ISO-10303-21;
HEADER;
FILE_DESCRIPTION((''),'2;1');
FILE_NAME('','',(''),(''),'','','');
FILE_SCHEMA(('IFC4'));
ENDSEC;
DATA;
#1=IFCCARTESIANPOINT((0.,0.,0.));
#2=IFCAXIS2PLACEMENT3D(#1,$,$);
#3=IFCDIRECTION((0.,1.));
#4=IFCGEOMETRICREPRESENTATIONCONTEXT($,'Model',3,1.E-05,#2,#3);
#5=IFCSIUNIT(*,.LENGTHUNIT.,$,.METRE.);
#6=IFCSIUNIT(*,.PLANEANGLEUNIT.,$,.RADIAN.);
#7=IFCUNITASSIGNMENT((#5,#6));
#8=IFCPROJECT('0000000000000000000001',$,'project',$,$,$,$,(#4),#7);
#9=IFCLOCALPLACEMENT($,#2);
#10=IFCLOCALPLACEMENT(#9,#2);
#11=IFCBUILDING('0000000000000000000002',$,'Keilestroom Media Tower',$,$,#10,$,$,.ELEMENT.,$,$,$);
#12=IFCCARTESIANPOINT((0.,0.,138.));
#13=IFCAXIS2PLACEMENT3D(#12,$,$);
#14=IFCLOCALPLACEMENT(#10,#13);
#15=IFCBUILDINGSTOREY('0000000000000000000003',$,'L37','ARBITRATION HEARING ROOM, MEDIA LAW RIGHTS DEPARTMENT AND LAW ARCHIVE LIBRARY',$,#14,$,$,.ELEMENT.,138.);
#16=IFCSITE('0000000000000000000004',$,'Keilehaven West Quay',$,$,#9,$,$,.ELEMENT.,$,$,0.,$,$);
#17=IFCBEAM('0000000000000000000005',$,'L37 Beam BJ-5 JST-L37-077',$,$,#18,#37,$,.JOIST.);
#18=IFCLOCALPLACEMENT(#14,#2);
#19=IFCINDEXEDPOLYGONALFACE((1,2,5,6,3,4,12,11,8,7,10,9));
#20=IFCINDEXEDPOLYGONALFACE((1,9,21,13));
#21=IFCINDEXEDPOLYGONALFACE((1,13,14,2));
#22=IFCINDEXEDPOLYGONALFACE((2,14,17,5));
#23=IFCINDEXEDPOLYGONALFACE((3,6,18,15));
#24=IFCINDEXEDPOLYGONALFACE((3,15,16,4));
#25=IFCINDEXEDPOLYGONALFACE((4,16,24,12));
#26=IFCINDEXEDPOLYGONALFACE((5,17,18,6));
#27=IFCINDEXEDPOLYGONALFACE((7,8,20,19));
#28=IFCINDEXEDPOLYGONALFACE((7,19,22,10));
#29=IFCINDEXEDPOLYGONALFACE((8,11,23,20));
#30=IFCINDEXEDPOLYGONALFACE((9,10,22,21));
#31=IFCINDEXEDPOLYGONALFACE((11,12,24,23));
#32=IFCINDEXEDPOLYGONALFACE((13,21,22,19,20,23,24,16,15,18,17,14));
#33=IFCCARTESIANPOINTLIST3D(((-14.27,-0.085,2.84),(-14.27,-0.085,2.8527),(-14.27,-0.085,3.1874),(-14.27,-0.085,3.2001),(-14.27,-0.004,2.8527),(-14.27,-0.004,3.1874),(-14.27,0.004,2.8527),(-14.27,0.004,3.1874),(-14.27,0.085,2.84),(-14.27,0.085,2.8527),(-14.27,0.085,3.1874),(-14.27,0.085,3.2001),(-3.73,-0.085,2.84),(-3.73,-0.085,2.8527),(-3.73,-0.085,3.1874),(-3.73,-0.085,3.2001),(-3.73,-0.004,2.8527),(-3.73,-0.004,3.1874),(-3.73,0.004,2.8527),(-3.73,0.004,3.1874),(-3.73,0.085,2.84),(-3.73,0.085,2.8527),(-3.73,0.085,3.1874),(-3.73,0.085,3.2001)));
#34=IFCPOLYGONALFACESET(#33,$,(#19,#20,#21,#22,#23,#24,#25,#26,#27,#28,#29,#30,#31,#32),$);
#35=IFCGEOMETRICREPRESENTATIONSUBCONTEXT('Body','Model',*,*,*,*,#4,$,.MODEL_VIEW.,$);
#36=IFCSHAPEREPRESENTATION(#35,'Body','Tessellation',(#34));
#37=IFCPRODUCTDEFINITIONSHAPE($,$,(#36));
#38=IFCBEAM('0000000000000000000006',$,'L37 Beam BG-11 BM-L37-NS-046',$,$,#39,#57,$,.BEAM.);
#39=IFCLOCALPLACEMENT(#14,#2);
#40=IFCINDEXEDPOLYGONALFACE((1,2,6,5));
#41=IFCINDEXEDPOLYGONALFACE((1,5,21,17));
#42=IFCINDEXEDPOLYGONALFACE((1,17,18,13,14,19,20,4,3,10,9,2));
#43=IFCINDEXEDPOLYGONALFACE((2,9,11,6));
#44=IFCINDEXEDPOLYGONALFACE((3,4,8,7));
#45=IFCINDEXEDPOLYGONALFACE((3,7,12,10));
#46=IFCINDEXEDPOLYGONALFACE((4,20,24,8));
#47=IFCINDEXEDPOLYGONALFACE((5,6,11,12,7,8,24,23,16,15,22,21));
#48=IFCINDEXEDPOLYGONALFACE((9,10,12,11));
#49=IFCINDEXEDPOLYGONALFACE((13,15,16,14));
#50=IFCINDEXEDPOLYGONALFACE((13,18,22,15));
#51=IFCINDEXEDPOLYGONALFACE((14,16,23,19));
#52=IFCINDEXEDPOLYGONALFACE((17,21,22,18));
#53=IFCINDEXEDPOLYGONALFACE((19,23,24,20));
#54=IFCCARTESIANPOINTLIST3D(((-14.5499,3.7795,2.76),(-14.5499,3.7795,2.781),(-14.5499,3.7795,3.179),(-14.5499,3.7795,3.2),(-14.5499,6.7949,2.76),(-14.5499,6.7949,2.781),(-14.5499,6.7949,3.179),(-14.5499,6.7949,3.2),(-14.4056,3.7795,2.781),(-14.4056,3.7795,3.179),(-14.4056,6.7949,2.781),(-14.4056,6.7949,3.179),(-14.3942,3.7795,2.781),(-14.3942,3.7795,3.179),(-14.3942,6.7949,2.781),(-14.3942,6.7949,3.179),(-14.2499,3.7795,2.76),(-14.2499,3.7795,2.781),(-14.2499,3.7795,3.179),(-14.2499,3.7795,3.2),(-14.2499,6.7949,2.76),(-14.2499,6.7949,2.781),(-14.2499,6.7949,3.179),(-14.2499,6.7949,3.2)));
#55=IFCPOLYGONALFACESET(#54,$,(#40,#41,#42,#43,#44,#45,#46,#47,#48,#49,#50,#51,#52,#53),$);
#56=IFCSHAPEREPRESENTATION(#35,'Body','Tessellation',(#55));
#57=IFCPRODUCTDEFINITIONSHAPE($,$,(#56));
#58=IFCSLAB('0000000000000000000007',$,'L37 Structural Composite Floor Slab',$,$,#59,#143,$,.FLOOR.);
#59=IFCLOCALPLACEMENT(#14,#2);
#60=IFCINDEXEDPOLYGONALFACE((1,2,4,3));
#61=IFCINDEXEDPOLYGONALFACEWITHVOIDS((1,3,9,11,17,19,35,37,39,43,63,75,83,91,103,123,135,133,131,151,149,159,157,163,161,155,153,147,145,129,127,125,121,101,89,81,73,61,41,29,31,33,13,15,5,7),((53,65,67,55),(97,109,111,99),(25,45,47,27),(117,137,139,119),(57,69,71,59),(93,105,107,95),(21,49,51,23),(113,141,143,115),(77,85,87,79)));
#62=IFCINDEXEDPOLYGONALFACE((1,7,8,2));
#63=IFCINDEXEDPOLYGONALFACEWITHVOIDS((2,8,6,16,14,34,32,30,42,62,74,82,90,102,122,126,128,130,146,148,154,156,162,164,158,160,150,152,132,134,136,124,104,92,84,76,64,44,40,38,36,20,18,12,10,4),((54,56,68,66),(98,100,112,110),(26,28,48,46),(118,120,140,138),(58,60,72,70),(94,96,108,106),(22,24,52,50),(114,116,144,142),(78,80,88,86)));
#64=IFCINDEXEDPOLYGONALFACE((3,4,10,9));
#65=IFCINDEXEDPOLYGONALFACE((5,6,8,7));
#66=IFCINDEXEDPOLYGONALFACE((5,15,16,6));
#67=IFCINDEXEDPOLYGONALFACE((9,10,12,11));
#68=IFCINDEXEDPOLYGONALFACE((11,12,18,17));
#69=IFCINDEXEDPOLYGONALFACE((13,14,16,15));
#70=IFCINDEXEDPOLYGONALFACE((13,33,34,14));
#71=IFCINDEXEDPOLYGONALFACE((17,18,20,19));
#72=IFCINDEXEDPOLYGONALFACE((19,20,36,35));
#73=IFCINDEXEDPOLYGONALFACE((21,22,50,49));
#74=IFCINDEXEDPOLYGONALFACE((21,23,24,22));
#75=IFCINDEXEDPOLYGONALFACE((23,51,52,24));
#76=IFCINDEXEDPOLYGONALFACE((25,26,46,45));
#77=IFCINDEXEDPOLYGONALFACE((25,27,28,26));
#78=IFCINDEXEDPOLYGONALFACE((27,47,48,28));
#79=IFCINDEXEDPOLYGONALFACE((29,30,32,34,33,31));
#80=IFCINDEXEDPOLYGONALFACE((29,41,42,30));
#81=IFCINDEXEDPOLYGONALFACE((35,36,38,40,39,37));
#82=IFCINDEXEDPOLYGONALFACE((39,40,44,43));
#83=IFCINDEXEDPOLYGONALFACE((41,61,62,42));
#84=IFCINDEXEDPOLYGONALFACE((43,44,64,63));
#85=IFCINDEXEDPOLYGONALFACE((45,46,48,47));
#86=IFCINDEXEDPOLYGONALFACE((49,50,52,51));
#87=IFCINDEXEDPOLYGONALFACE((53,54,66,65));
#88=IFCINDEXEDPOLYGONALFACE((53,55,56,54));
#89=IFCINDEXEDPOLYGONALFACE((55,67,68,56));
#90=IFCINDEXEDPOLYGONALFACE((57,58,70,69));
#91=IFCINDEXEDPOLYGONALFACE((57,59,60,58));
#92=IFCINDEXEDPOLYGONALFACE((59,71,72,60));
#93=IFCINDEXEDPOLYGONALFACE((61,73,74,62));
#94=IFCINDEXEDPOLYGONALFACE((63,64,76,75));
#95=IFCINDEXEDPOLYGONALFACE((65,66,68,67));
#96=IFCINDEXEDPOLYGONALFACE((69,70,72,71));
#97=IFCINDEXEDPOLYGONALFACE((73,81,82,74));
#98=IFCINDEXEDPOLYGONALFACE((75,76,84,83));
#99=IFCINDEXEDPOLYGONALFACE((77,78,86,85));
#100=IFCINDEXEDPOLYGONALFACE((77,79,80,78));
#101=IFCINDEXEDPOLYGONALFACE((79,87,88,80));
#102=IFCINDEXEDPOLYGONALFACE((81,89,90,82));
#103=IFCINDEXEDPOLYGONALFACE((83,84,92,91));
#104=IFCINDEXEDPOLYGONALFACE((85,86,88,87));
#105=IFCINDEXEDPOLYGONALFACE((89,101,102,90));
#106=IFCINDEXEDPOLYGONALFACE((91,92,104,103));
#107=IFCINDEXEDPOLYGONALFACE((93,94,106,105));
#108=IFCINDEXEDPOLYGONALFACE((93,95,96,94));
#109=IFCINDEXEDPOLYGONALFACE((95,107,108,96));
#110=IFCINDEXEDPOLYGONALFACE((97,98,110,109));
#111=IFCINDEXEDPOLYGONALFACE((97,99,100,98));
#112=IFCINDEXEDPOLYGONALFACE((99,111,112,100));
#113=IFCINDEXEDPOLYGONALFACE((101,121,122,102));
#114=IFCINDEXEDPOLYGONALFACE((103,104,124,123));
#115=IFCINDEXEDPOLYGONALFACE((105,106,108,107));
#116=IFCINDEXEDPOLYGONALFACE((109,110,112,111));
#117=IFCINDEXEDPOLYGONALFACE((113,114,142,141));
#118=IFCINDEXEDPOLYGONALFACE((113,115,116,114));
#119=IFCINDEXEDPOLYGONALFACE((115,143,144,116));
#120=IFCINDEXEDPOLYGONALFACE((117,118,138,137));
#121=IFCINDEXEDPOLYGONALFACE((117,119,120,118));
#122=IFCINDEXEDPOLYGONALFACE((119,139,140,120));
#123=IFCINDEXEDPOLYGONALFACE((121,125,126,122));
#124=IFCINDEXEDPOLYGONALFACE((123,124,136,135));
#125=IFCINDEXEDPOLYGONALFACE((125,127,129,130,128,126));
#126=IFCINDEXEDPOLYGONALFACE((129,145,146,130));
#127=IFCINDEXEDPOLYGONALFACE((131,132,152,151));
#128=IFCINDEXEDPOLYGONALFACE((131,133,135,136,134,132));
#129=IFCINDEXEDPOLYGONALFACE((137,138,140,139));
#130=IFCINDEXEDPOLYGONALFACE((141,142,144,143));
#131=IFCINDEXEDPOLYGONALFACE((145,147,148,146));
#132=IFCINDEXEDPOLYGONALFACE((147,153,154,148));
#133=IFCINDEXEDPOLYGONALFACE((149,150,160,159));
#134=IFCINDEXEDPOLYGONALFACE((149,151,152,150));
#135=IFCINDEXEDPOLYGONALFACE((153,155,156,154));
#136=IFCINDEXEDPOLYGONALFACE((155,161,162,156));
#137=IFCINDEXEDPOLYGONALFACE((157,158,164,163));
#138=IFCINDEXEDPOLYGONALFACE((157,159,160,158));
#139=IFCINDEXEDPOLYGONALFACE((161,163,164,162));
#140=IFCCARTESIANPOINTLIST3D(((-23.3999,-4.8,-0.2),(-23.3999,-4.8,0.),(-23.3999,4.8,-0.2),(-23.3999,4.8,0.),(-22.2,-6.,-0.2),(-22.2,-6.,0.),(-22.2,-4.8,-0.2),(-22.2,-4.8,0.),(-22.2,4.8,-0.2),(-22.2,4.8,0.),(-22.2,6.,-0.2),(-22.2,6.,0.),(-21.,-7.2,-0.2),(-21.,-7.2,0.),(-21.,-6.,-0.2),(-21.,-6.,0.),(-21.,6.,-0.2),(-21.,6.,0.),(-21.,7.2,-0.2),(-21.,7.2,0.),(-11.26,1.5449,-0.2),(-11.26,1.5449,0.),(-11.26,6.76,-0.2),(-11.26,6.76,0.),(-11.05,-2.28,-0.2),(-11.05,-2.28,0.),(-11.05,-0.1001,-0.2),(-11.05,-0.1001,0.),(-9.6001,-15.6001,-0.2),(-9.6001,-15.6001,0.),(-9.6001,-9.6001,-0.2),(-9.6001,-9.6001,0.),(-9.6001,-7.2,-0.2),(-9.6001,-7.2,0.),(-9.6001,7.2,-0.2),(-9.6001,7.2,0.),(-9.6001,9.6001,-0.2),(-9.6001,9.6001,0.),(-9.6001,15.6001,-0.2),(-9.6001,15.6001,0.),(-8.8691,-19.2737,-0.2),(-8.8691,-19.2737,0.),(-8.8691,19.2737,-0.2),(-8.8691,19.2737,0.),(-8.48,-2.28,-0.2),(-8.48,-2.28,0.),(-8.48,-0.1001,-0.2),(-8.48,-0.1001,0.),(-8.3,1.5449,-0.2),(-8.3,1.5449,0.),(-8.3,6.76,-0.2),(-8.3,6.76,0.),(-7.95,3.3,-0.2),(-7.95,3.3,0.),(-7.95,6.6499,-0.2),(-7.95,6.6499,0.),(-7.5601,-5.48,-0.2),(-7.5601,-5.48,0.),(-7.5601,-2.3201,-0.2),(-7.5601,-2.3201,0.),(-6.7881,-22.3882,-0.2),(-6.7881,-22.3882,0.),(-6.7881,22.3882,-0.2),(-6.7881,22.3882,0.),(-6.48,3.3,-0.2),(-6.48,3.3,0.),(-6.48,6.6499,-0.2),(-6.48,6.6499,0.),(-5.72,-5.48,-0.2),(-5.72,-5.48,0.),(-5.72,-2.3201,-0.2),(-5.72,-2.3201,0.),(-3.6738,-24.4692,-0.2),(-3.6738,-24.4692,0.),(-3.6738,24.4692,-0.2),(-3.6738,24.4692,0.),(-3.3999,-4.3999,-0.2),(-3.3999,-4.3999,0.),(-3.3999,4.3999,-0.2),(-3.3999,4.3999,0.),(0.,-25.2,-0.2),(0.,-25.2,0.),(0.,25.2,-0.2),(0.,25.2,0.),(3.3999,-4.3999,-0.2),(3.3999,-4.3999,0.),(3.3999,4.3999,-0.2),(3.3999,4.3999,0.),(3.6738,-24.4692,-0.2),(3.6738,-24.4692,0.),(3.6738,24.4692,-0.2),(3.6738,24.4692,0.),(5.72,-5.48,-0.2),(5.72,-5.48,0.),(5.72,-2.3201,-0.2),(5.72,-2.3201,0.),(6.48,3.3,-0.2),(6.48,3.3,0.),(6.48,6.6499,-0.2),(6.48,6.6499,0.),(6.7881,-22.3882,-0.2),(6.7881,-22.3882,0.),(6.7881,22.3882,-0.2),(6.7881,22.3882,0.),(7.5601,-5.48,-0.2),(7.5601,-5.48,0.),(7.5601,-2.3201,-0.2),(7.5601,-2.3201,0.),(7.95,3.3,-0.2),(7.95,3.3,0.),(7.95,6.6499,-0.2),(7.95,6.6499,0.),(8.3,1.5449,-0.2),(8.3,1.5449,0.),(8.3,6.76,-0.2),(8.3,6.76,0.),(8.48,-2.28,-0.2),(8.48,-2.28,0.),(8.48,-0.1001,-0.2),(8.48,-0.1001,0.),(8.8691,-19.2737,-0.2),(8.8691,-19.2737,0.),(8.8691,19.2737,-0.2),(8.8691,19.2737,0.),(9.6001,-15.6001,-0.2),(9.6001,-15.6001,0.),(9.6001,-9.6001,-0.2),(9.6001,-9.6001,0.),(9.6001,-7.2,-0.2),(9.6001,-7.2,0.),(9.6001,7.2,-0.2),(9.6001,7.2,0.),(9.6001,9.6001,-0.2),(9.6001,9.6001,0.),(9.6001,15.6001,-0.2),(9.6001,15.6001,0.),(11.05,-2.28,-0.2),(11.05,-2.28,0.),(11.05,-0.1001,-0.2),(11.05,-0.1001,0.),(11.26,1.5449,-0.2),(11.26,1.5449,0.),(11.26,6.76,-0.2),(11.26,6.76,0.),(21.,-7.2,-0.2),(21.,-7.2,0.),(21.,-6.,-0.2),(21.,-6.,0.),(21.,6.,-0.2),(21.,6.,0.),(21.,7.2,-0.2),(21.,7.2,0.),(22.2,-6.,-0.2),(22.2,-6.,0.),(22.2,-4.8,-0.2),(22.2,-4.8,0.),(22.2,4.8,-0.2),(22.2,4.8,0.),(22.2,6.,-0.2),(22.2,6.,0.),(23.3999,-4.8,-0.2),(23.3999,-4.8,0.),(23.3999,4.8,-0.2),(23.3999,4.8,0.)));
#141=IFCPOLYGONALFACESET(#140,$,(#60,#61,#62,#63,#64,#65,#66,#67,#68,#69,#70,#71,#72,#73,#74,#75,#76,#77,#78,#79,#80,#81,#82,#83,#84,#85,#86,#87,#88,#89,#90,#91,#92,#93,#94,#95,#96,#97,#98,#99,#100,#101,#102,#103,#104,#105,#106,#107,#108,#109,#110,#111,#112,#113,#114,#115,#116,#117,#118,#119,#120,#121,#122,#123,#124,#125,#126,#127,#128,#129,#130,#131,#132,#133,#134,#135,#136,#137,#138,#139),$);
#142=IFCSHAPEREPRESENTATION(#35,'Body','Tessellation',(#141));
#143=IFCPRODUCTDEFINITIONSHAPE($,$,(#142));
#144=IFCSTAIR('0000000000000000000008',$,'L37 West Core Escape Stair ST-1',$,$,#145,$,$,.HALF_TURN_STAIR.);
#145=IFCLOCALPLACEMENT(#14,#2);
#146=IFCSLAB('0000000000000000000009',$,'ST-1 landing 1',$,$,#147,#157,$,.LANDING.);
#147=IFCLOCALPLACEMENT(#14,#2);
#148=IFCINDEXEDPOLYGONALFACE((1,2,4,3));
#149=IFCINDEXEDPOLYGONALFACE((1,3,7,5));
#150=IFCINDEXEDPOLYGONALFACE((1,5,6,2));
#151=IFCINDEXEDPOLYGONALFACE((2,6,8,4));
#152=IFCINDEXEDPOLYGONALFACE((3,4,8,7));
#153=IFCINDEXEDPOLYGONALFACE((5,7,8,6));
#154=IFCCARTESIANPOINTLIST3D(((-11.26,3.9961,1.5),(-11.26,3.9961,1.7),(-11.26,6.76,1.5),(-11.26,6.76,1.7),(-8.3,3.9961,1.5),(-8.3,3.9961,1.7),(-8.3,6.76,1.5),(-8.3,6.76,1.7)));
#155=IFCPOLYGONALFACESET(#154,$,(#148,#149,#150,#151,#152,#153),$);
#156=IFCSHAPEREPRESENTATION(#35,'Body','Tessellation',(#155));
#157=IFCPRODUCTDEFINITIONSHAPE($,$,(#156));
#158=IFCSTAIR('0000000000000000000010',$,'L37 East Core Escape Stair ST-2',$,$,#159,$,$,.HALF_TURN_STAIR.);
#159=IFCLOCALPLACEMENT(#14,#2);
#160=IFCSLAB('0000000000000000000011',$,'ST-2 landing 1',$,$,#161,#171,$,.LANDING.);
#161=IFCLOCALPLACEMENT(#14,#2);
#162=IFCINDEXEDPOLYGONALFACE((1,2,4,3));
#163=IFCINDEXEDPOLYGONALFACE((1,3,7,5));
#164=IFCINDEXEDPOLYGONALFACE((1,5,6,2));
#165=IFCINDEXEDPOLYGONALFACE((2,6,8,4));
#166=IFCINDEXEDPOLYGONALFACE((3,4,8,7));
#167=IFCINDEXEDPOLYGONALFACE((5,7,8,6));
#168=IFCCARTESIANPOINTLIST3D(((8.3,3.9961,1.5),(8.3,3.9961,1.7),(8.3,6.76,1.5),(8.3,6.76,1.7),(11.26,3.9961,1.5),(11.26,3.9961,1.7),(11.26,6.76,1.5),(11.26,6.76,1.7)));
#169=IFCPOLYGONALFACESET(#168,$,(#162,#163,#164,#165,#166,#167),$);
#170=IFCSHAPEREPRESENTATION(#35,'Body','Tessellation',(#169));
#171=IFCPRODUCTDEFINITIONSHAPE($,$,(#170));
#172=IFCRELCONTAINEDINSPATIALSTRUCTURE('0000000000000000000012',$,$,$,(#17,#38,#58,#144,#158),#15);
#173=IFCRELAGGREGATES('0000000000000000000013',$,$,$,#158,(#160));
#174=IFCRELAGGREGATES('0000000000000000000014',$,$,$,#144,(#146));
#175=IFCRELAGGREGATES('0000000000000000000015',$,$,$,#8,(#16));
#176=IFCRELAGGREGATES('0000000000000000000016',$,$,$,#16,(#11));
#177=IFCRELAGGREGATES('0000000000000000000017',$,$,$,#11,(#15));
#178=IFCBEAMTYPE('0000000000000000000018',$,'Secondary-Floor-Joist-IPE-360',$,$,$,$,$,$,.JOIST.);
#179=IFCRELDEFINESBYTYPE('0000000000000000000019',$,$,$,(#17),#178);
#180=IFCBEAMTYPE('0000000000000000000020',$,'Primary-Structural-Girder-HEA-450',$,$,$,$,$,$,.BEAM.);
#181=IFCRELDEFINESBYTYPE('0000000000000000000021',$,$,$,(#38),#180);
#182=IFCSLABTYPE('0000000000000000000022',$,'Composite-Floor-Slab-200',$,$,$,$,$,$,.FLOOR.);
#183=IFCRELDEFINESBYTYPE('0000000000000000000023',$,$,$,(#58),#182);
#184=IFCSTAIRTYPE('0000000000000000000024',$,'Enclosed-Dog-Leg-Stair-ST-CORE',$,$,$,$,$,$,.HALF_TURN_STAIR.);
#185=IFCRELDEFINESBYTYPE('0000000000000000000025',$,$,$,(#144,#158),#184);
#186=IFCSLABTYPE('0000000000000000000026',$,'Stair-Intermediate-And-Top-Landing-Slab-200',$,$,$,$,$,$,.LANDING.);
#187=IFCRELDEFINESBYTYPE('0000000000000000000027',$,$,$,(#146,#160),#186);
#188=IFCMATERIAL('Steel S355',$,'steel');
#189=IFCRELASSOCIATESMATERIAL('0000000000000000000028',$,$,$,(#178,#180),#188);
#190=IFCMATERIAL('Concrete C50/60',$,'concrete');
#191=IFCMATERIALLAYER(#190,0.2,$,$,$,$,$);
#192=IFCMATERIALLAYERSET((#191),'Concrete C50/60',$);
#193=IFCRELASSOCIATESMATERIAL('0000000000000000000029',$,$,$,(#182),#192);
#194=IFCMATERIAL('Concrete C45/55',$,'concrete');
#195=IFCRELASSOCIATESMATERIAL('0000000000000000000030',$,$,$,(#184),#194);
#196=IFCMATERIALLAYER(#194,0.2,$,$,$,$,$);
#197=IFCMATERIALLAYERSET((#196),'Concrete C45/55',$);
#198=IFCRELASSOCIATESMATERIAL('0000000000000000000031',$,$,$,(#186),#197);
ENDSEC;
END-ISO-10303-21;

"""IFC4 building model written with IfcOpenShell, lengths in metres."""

from ifc_helpers import new_model, si_unit, direction, frame, origin, origin_2d, place, context, subcontext, project, spatial, polyline, i_section, outline, extrude, source, transform, mapped, material, layer, layer_set, material_profile, profile_set, type_object, element, aggregate, save


model = new_model("IFC4")

# Units and contexts
model_context = context("Model", 3, precision=1e-05, world=origin(), true_north=direction((0.0, 1.0)))
body_context = subcontext(model_context, "Body", "Model", "MODEL_VIEW")
ifc_project = project(units=[si_unit("LENGTHUNIT", "METRE"), si_unit("PLANEANGLEUNIT", "RADIAN")], contexts=[model_context])

# Site, building, storey
site_placement = place(None, origin())
site = spatial("IfcSite", under=ifc_project, at=site_placement, Name="Keilehaven West Quay", CompositionType="ELEMENT", RefElevation=0.0)
building_placement = place(site_placement, origin())
building = spatial("IfcBuilding", under=site, at=building_placement, Name="Keilestroom Media Tower", CompositionType="ELEMENT")
storey_placement = place(building_placement, frame((0.0, 0.0, 138.0)))
storey = spatial("IfcBuildingStorey", under=building, at=storey_placement, Name="L37", Description="ARBITRATION HEARING ROOM, MEDIA LAW RIGHTS DEPARTMENT AND LAW ARCHIVE LIBRARY", CompositionType="ELEMENT", Elevation=138.0)

# Beams
ifc_material_1 = material(Name="Steel S355", Category="steel")
ifc_material_profile_1 = material_profile(ifc_material_1, i_section(OverallWidth=0.1699, OverallDepth=0.3601, WebThickness=0.0081, FlangeThickness=0.0127, at=origin_2d()), Name="IPE 360")
ifc_profile_set_1 = profile_set([ifc_material_profile_1], Name="Steel S355")
beam_type_1 = type_object("IfcBeamType", Name="Secondary-Floor-Joist-IPE-360", PredefinedType="JOIST", material=ifc_profile_set_1)
shared_shape_1 = source(origin(), body_context, "Body", "SweptSolid", [
    extrude(i_section(OverallWidth=0.1699, OverallDepth=0.3601, WebThickness=0.0081, FlangeThickness=0.0127, at=origin_2d()), origin(), (0.0, 0.0, 1.0), 10.54),
])
beam_1_placement = place(storey_placement, frame((-14.27, 0.0, 3.02), z_axis=(1.0, 0.0, 0.0), x_axis=(0.0, 1.0, 0.0)))
element("IfcBeam", 1, at=beam_1_placement, inside=storey, type_object=beam_type_1, Name="L37 Beam BJ-5 JST-L37-077", PredefinedType="JOIST", context=body_context, shape_type="MappedRepresentation", body=[
    mapped(shared_shape_1, transform((0.0, 0.0, 0.0), x_axis=(1.0, 0.0, 0.0), y_axis=(0.0, 1.0, 0.0), z_axis=(0.0, 0.0, 1.0), scale=1.0)),
])
ifc_material_profile_2 = material_profile(ifc_material_1, i_section(OverallWidth=0.3, OverallDepth=0.4399, WebThickness=0.0115, FlangeThickness=0.021, at=origin_2d()), Name="HEA 450")
ifc_profile_set_2 = profile_set([ifc_material_profile_2], Name="Steel S355")
beam_type_2 = type_object("IfcBeamType", Name="Primary-Structural-Girder-HEA-450", PredefinedType="BEAM", material=ifc_profile_set_2)
shared_shape_2 = source(origin(), body_context, "Body", "SweptSolid", [
    extrude(i_section(OverallWidth=0.3, OverallDepth=0.4399, WebThickness=0.0115, FlangeThickness=0.021, at=origin_2d()), origin(), (0.0, 0.0, 1.0), 3.0154),
])
beam_2_placement = place(storey_placement, frame((-14.3999, 3.7795, 2.98), z_axis=(0.0, 1.0, 0.0), x_axis=(-1.0, 0.0, 0.0)))
element("IfcBeam", 2, at=beam_2_placement, inside=storey, type_object=beam_type_2, Name="L37 Beam BG-11 BM-L37-NS-046", PredefinedType="BEAM", context=body_context, shape_type="MappedRepresentation", body=[
    mapped(shared_shape_2, transform((0.0, 0.0, 0.0), x_axis=(1.0, 0.0, 0.0), y_axis=(0.0, 1.0, 0.0), z_axis=(0.0, 0.0, 1.0), scale=1.0)),
])

# Slab
ifc_material_2 = material(Name="Concrete C50/60", Category="concrete")
ifc_layer_1 = layer(ifc_material_2, 0.2)
ifc_layer_set_1 = layer_set([ifc_layer_1], Name="Concrete C50/60")
slab_type_1 = type_object("IfcSlabType", Name="Composite-Floor-Slab-200", PredefinedType="FLOOR", material=ifc_layer_set_1)
slab_1_placement = place(storey_placement, frame((0.0, 0.0, -0.2)))
element("IfcSlab", 3, at=slab_1_placement, inside=storey, type_object=slab_type_1, Name="L37 Structural Composite Floor Slab", PredefinedType="FLOOR", context=body_context, shape_type="SweptSolid", body=[
    extrude(outline(polyline([(23.3999, -4.8), (23.3999, 4.8), (22.2, 4.8), (22.2, 6.0), (21.0, 6.0), (21.0, 7.2), (9.6001, 7.2), (9.6001, 9.6001), (9.6001, 15.6001), (8.8691, 19.2737), (6.7881, 22.3882), (3.6738, 24.4692), (0.0, 25.2), (-3.6738, 24.4692), (-6.7881, 22.3882), (-8.8691, 19.2737), (-9.6001, 15.6001), (-9.6001, 9.6001), (-9.6001, 7.2), (-21.0, 7.2), (-21.0, 6.0), (-22.2, 6.0), (-22.2, 4.8), (-23.3999, 4.8), (-23.3999, -4.8), (-22.2, -4.8), (-22.2, -6.0), (-21.0, -6.0), (-21.0, -7.2), (-9.6001, -7.2), (-9.6001, -9.6001), (-9.6001, -15.6001), (-8.8691, -19.2737), (-6.7881, -22.3882), (-3.6738, -24.4692), (0.0, -25.2), (3.6738, -24.4692), (6.7881, -22.3882), (8.8691, -19.2737), (9.6001, -15.6001), (9.6001, -9.6001), (9.6001, -7.2), (21.0, -7.2), (21.0, -6.0), (22.2, -6.0), (22.2, -4.8), (23.3999, -4.8)]), holes=[polyline([(-11.26, 1.5449), (-11.26, 6.76), (-8.3, 6.76), (-8.3, 1.5449), (-11.26, 1.5449)]), polyline([(-11.05, -2.28), (-11.05, -0.1001), (-8.48, -0.1001), (-8.48, -2.28), (-11.05, -2.28)]), polyline([(-7.95, 3.3), (-7.95, 6.6499), (-6.48, 6.6499), (-6.48, 3.3), (-7.95, 3.3)]), polyline([(-7.5601, -2.3201), (-5.72, -2.3201), (-5.72, -5.48), (-7.5601, -5.48), (-7.5601, -2.3201)]), polyline([(3.3999, -4.3999), (-3.3999, -4.3999), (-3.3999, 4.3999), (3.3999, 4.3999), (3.3999, -4.3999)]), polyline([(7.5601, -2.3201), (7.5601, -5.48), (5.72, -5.48), (5.72, -2.3201), (7.5601, -2.3201)]), polyline([(6.48, 3.3), (6.48, 6.6499), (7.95, 6.6499), (7.95, 3.3), (6.48, 3.3)]), polyline([(8.3, 1.5449), (8.3, 6.76), (11.26, 6.76), (11.26, 1.5449), (8.3, 1.5449)]), polyline([(8.48, -2.28), (8.48, -0.1001), (11.05, -0.1001), (11.05, -2.28), (8.48, -2.28)])]), origin(), (0.0, 0.0, 1.0), 0.2),
])

# Stairs, slabs
ifc_material_3 = material(Name="Concrete C45/55", Category="concrete")
stair_type = type_object("IfcStairType", Name="Enclosed-Dog-Leg-Stair-ST-CORE", PredefinedType="HALF_TURN_STAIR", material=ifc_material_3)
stair_1_placement = place(storey_placement, origin())
stair_1 = element("IfcStair", 4, at=stair_1_placement, inside=storey, type_object=stair_type, Name="L37 West Core Escape Stair ST-1", PredefinedType="HALF_TURN_STAIR")
ifc_layer_2 = layer(ifc_material_3, 0.2)
ifc_layer_set_2 = layer_set([ifc_layer_2], Name="Concrete C45/55")
slab_type_2 = type_object("IfcSlabType", Name="Stair-Intermediate-And-Top-Landing-Slab-200", PredefinedType="LANDING", material=ifc_layer_set_2)
slab_2_placement = place(storey_placement, frame((0.0, 0.0, 1.5)))
slab_2 = element("IfcSlab", 5, at=slab_2_placement, type_object=slab_type_2, Name="ST-1 landing 1", PredefinedType="LANDING", context=body_context, shape_type="SweptSolid", body=[
    extrude(outline(polyline([(-8.3, 3.9961), (-8.3, 6.76), (-11.26, 6.76), (-11.26, 3.9961), (-8.3, 3.9961)])), origin(), (0.0, 0.0, 1.0), 0.2),
])
stair_2_placement = place(storey_placement, origin())
stair_2 = element("IfcStair", 6, at=stair_2_placement, inside=storey, type_object=stair_type, Name="L37 East Core Escape Stair ST-2", PredefinedType="HALF_TURN_STAIR")
slab_3_placement = place(storey_placement, frame((0.0, 0.0, 1.5)))
slab_3 = element("IfcSlab", 7, at=slab_3_placement, type_object=slab_type_2, Name="ST-2 landing 1", PredefinedType="LANDING", context=body_context, shape_type="SweptSolid", body=[
    extrude(outline(polyline([(11.26, 3.9961), (11.26, 6.76), (8.3, 6.76), (8.3, 3.9961), (11.26, 3.9961)])), origin(), (0.0, 0.0, 1.0), 0.2),
])
aggregate(stair_2, [slab_3])

aggregate(stair_1, [slab_2])

save(model, "model.ifc")
